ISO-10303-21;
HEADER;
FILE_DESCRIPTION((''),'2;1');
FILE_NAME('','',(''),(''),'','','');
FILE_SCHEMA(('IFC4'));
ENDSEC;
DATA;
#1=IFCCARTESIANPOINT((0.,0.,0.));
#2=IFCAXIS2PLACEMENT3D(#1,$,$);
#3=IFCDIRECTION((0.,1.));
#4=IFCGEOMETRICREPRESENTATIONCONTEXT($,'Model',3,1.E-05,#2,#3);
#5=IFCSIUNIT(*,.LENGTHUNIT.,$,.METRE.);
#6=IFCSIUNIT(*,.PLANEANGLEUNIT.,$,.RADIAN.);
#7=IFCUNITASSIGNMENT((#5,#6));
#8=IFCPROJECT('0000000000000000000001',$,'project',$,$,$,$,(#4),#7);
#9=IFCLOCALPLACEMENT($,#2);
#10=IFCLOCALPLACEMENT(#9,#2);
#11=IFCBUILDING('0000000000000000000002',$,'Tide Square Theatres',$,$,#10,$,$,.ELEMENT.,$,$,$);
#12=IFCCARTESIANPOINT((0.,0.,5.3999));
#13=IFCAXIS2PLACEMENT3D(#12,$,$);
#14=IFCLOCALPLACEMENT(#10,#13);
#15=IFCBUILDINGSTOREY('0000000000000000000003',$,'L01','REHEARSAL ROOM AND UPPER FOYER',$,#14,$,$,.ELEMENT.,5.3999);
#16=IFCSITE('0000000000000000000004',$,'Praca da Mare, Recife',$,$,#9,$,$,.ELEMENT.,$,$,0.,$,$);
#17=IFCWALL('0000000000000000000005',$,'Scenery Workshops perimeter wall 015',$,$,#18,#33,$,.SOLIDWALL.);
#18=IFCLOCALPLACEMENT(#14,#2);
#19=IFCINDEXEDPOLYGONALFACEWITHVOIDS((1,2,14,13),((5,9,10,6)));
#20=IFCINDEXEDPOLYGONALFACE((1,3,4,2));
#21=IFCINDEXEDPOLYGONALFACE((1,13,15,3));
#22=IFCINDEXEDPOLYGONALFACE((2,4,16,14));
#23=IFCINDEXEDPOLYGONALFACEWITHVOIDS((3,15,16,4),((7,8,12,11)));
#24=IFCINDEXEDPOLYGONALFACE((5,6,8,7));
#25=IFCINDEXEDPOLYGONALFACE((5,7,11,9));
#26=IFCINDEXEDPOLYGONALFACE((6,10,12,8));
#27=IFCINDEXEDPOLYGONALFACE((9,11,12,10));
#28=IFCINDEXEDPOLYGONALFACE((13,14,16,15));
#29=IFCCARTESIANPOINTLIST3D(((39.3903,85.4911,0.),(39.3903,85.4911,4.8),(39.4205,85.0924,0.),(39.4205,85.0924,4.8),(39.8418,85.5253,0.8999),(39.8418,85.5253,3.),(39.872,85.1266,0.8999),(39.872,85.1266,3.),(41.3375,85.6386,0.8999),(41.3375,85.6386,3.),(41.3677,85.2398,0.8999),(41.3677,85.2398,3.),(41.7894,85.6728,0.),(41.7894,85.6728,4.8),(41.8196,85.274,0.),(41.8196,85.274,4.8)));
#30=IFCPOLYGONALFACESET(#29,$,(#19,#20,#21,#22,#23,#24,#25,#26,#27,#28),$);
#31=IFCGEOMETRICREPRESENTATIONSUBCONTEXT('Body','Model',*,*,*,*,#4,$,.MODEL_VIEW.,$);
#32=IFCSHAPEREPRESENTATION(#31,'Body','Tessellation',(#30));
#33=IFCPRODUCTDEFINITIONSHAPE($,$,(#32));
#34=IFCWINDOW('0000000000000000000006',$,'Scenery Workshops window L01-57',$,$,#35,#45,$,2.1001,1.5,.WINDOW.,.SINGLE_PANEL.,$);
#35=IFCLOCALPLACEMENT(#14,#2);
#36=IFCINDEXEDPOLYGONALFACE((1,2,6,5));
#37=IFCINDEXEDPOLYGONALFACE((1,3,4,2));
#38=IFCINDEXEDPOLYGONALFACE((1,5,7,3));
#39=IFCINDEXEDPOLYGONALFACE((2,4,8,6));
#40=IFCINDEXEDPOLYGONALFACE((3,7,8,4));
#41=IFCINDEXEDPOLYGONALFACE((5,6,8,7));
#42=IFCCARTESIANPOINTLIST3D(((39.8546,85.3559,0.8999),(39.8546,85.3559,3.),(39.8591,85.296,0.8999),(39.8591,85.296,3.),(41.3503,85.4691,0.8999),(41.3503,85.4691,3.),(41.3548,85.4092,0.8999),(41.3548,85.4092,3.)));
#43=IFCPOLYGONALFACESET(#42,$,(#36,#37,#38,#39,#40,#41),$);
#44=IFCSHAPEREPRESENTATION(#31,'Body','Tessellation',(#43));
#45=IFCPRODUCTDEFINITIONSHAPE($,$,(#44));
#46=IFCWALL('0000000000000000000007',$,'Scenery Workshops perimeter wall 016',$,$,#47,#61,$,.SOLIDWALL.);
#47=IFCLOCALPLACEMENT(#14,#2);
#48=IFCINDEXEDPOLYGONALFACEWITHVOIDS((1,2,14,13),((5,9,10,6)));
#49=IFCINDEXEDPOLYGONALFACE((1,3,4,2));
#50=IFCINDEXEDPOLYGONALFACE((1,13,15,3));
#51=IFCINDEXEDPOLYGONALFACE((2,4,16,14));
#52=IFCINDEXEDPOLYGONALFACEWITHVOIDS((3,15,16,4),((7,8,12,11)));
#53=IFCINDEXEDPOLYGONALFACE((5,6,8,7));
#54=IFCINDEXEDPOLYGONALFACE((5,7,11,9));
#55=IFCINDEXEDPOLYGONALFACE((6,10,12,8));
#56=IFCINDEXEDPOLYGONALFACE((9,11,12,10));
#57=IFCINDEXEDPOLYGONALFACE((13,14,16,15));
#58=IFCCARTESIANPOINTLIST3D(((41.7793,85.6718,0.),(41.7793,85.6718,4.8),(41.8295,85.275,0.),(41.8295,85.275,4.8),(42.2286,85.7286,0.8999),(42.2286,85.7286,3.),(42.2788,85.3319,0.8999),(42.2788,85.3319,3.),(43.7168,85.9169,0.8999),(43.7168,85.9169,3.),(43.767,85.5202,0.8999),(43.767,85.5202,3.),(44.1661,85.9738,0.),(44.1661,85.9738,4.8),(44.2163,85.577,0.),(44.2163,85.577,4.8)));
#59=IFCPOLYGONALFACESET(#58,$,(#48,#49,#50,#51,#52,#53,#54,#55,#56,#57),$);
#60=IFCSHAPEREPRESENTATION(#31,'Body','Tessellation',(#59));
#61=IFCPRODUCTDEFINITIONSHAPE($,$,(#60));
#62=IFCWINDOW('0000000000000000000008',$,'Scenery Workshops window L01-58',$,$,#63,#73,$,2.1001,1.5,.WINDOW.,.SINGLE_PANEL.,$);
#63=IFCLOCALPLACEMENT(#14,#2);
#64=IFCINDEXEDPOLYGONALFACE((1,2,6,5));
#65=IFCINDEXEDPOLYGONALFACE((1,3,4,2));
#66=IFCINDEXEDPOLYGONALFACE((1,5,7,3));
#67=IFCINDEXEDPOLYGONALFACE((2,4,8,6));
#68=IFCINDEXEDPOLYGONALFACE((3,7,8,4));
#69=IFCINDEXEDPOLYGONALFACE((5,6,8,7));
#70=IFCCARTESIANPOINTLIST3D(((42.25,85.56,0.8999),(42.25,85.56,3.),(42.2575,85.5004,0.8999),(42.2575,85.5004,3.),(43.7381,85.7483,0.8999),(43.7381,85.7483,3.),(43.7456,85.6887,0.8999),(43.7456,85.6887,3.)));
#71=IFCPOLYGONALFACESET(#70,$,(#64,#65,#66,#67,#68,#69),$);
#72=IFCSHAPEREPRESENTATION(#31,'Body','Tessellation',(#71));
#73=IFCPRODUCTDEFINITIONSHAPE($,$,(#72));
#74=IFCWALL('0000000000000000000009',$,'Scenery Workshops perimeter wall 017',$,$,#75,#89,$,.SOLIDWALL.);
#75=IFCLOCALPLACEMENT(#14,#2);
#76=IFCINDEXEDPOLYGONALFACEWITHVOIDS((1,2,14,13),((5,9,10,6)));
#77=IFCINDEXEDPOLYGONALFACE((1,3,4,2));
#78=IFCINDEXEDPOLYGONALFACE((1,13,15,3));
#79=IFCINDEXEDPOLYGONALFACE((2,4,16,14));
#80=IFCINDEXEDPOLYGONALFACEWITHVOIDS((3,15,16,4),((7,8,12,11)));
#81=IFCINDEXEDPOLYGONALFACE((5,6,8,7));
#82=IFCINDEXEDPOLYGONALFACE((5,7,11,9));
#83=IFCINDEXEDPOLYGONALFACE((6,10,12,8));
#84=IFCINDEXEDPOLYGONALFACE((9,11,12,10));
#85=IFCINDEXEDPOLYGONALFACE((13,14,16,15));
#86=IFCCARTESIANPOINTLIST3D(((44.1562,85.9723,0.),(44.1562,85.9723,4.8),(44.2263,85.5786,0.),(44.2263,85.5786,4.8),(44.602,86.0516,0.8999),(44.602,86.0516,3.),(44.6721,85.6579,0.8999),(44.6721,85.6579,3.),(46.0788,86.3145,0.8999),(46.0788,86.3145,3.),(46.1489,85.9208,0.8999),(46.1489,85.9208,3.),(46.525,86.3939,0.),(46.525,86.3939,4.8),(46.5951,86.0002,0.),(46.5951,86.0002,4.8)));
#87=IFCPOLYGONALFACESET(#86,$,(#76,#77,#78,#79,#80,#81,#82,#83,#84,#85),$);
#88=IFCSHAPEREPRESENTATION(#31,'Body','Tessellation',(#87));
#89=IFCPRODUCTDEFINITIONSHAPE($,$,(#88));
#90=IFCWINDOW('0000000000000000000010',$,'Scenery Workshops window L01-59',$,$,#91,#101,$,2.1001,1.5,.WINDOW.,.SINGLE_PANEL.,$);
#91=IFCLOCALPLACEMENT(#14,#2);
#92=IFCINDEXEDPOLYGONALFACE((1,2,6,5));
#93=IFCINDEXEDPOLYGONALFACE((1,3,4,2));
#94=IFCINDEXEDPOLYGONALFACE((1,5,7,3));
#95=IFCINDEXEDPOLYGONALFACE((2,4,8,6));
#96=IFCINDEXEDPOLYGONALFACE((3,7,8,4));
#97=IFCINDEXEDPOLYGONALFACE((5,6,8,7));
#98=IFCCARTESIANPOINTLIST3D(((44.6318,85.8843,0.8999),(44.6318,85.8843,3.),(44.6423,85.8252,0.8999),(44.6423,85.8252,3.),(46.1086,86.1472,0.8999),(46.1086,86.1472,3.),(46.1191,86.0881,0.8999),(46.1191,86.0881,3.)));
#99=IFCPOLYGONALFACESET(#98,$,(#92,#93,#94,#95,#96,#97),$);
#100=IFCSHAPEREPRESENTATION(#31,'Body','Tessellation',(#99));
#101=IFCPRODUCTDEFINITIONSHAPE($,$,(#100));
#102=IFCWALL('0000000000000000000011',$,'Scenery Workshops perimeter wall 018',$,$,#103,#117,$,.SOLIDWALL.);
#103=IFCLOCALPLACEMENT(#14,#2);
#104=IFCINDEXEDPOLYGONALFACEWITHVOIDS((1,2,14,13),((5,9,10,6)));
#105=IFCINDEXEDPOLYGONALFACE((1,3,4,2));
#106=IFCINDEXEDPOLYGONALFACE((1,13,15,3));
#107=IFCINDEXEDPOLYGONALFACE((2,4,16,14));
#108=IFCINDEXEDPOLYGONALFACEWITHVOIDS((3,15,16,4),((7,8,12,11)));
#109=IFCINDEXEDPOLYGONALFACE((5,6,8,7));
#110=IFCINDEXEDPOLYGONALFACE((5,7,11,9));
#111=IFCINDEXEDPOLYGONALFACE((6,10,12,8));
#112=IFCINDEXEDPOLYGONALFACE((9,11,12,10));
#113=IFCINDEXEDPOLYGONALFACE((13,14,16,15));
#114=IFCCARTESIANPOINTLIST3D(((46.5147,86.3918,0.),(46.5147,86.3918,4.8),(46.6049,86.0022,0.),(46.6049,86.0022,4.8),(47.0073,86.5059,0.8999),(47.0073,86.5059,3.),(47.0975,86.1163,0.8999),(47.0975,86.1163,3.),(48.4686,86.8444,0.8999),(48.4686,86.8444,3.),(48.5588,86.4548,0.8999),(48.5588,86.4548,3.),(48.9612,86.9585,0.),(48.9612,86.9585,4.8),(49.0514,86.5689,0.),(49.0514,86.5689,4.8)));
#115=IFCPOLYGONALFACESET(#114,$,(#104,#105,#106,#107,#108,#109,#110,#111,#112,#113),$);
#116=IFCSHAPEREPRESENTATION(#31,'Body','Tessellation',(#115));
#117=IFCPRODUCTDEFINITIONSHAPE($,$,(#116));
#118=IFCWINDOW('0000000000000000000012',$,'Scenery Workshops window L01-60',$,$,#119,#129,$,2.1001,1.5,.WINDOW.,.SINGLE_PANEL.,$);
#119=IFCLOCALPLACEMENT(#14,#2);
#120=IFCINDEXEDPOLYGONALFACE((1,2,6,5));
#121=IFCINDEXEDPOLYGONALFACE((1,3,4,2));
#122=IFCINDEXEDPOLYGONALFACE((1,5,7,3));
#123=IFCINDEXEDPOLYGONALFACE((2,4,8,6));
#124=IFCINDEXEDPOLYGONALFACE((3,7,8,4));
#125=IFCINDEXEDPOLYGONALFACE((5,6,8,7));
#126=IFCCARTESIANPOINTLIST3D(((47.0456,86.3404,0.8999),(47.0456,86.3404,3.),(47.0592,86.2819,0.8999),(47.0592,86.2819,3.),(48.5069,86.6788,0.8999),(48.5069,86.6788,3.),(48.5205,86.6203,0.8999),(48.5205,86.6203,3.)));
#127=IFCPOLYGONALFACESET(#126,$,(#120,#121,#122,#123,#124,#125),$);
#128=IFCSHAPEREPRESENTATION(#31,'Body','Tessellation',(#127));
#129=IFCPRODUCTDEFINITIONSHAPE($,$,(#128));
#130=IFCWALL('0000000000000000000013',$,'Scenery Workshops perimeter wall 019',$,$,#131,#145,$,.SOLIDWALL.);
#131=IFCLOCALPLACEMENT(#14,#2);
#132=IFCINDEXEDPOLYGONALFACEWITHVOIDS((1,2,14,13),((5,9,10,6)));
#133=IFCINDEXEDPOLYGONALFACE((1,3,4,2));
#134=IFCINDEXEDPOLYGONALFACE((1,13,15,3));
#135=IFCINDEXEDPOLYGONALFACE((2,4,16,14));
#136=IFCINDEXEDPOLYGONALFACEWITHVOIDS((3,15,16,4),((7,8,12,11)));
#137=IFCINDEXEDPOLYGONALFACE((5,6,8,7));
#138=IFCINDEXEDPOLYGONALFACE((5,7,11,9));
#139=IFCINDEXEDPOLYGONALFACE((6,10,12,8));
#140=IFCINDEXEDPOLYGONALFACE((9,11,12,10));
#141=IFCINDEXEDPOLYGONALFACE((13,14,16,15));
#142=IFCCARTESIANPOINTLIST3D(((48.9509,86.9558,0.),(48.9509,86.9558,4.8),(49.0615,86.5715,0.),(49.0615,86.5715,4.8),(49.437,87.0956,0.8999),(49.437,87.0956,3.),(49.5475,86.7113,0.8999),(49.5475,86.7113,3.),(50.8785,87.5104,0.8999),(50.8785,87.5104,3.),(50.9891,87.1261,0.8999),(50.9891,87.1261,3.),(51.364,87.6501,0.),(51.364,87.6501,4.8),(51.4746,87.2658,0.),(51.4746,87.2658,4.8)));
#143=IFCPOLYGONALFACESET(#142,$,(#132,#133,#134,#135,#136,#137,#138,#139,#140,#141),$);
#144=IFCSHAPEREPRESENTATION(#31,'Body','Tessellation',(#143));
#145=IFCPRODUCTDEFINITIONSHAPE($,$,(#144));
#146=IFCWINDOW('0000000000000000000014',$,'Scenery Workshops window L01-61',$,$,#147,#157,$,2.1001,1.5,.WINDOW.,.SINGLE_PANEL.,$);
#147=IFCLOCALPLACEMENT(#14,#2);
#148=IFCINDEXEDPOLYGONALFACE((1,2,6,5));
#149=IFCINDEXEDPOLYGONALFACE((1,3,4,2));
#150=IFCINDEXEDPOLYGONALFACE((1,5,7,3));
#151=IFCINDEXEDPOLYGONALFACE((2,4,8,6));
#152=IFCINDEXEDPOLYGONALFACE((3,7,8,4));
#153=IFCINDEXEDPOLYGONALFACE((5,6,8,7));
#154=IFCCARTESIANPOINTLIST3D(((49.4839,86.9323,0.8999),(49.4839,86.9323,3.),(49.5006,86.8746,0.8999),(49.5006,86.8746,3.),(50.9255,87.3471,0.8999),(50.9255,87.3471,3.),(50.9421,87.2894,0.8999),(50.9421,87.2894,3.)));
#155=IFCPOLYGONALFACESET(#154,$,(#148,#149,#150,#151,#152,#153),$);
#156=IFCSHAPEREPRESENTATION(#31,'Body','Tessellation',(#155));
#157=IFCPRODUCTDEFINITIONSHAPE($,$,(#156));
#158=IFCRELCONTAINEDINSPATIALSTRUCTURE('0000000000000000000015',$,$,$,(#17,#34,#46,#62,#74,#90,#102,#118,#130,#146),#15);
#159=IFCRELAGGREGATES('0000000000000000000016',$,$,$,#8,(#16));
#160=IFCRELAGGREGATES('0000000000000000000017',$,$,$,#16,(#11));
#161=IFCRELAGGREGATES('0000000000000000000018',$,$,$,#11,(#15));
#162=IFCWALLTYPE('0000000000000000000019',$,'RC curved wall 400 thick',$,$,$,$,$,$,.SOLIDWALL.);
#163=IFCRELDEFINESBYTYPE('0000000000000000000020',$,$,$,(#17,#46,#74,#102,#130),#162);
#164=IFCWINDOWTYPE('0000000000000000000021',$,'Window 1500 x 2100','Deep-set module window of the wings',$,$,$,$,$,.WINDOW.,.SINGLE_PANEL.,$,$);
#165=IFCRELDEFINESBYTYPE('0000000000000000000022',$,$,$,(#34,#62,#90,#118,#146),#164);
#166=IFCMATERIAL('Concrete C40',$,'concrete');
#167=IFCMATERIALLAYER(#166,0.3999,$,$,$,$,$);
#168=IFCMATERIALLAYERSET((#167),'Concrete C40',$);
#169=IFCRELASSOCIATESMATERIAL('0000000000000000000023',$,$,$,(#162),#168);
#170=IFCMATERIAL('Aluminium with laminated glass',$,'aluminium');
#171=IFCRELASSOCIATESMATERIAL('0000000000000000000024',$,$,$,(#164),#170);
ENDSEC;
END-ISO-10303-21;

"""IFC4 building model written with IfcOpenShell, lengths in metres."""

from ifc_helpers import new_model, si_unit, direction, frame, frame_2d, origin, place, context, subcontext, project, spatial, rectangle, extrude, material, layer, layer_set, type_object, element, fill, save


model = new_model("IFC4")

# Units and contexts
model_context = context("Model", 3, precision=1e-05, world=origin(), true_north=direction((0.0, 1.0)))
body_context = subcontext(model_context, "Body", "Model", "MODEL_VIEW")
ifc_project = project(units=[si_unit("LENGTHUNIT", "METRE"), si_unit("PLANEANGLEUNIT", "RADIAN")], contexts=[model_context])

# Site, building, storey
site_placement = place(None, origin())
site = spatial("IfcSite", under=ifc_project, at=site_placement, Name="Praca da Mare, Recife", CompositionType="ELEMENT", RefElevation=0.0)
building_placement = place(site_placement, origin())
building = spatial("IfcBuilding", under=site, at=building_placement, Name="Tide Square Theatres", CompositionType="ELEMENT")
storey_placement = place(building_placement, frame((0.0, 0.0, 5.3999)))
storey = spatial("IfcBuildingStorey", under=building, at=storey_placement, Name="L01", Description="REHEARSAL ROOM AND UPPER FOYER", CompositionType="ELEMENT", Elevation=5.3999)

# Shared definitions
ifc_material_1 = material(Name="Concrete C40", Category="concrete")
ifc_layer_1 = layer(ifc_material_1, 0.3999)
ifc_layer_set_1 = layer_set([ifc_layer_1], Name="Concrete C40")
wall_type = type_object("IfcWallType", Name="RC curved wall 400 thick", PredefinedType="SOLIDWALL", material=ifc_layer_set_1)

# Walls, openings, windows
ifc_material_2 = material(Name="Aluminium with laminated glass", Category="aluminium")
window_type = type_object("IfcWindowType", Name="Window 1500 x 2100", Description="Deep-set module window of the wings", PartitioningType="SINGLE_PANEL", PredefinedType="WINDOW", material=ifc_material_2)
wall_1_placement = place(storey_placement, frame((39.4053, 85.2917, 0.0), z_axis=(0.0, 0.0, 1.0), x_axis=(0.997146, 0.075494, 0.0)))
wall_1 = element("IfcWall", 1, at=wall_1_placement, inside=storey, type_object=wall_type, Name="Scenery Workshops perimeter wall 015", PredefinedType="SOLIDWALL", context=body_context, shape_type="SweptSolid", body=[
    extrude(rectangle(XDim=2.406, YDim=0.3999, at=frame_2d((1.2031, 0.0))), origin(), (0.0, 0.0, 1.0), 4.8),
])
opening_1_placement = place(wall_1_placement, frame((0.4529, 0.0, 0.8999)))
opening_1 = element("IfcOpeningElement", 2, at=opening_1_placement, cuts=wall_1, PredefinedType="OPENING", context=body_context, shape_type="SweptSolid", body=[
    extrude(rectangle(XDim=1.5, YDim=2.1001, at=frame_2d((0.75, 1.05))), frame((0.0, 0.21, 0.0), z_axis=(0.0, -1.0, 0.0), x_axis=(1.0, 0.0, 0.0)), (0.0, 0.0, 1.0), 0.4199),
])
window_1_placement = place(opening_1_placement, origin())
window_1 = element("IfcWindow", 3, at=window_1_placement, inside=storey, type_object=window_type, Name="Scenery Workshops window L01-57", OverallHeight=2.1001, OverallWidth=1.5, PartitioningType="SINGLE_PANEL", PredefinedType="WINDOW", context=body_context, shape_type="SweptSolid", body=[
    extrude(rectangle(XDim=1.5, YDim=2.1001, at=frame_2d((0.75, 1.05))), frame((0.0, 0.03, 0.0), z_axis=(0.0, -1.0, 0.0), x_axis=(1.0, 0.0, 0.0)), (0.0, 0.0, 1.0), 0.0601),
])
fill(opening_1, window_1)
wall_2_placement = place(storey_placement, frame((41.8044, 85.4734, 0.0), z_axis=(0.0, 0.0, 1.0), x_axis=(0.992089, 0.125533, 0.0)))
wall_2 = element("IfcWall", 4, at=wall_2_placement, inside=storey, type_object=wall_type, Name="Scenery Workshops perimeter wall 016", PredefinedType="SOLIDWALL", context=body_context, shape_type="SweptSolid", body=[
    extrude(rectangle(XDim=2.4058, YDim=0.3999, at=frame_2d((1.2029, 0.0))), origin(), (0.0, 0.0, 1.0), 4.8),
])
opening_2_placement = place(wall_2_placement, frame((0.4529, 0.0, 0.8999)))
opening_2 = element("IfcOpeningElement", 5, at=opening_2_placement, cuts=wall_2, PredefinedType="OPENING", context=body_context, shape_type="SweptSolid", body=[
    extrude(rectangle(XDim=1.5, YDim=2.1001, at=frame_2d((0.75, 1.05))), frame((0.0, 0.21, 0.0), z_axis=(0.0, -1.0, 0.0), x_axis=(1.0, 0.0, 0.0)), (0.0, 0.0, 1.0), 0.4199),
])
window_2_placement = place(opening_2_placement, origin())
window_2 = element("IfcWindow", 6, at=window_2_placement, inside=storey, type_object=window_type, Name="Scenery Workshops window L01-58", OverallHeight=2.1001, OverallWidth=1.5, PartitioningType="SINGLE_PANEL", PredefinedType="WINDOW", context=body_context, shape_type="SweptSolid", body=[
    extrude(rectangle(XDim=1.5, YDim=2.1001, at=frame_2d((0.75, 1.05))), frame((0.0, 0.03, 0.0), z_axis=(0.0, -1.0, 0.0), x_axis=(1.0, 0.0, 0.0)), (0.0, 0.0, 1.0), 0.0601),
])
fill(opening_2, window_2)
wall_3_placement = place(storey_placement, frame((44.1912, 85.7754, 0.0), z_axis=(0.0, 0.0, 1.0), x_axis=(0.984524, 0.17525, 0.0)))
wall_3 = element("IfcWall", 7, at=wall_3_placement, inside=storey, type_object=wall_type, Name="Scenery Workshops perimeter wall 017", PredefinedType="SOLIDWALL", context=body_context, shape_type="SweptSolid", body=[
    extrude(rectangle(XDim=2.406, YDim=0.3999, at=frame_2d((1.2031, 0.0))), origin(), (0.0, 0.0, 1.0), 4.8),
])
opening_3_placement = place(wall_3_placement, frame((0.4529, 0.0, 0.8999)))
opening_3 = element("IfcOpeningElement", 8, at=opening_3_placement, cuts=wall_3, PredefinedType="OPENING", context=body_context, shape_type="SweptSolid", body=[
    extrude(rectangle(XDim=1.5, YDim=2.1001, at=frame_2d((0.75, 1.05))), frame((0.0, 0.21, 0.0), z_axis=(0.0, -1.0, 0.0), x_axis=(1.0, 0.0, 0.0)), (0.0, 0.0, 1.0), 0.4199),
])
window_3_placement = place(opening_3_placement, origin())
window_3 = element("IfcWindow", 9, at=window_3_placement, inside=storey, type_object=window_type, Name="Scenery Workshops window L01-59", OverallHeight=2.1001, OverallWidth=1.5, PartitioningType="SINGLE_PANEL", PredefinedType="WINDOW", context=body_context, shape_type="SweptSolid", body=[
    extrude(rectangle(XDim=1.5, YDim=2.1001, at=frame_2d((0.75, 1.05))), frame((0.0, 0.03, 0.0), z_axis=(0.0, -1.0, 0.0), x_axis=(1.0, 0.0, 0.0)), (0.0, 0.0, 1.0), 0.0601),
])
fill(opening_3, window_3)
wall_4_placement = place(storey_placement, frame((46.5598, 86.197, 0.0), z_axis=(0.0, 0.0, 1.0), x_axis=(0.974211, 0.22564, 0.0)))
wall_4 = element("IfcWall", 10, at=wall_4_placement, inside=storey, type_object=wall_type, Name="Scenery Workshops perimeter wall 018", PredefinedType="SOLIDWALL", context=body_context, shape_type="SweptSolid", body=[
    extrude(rectangle(XDim=2.5112, YDim=0.3999, at=frame_2d((1.2556, 0.0))), origin(), (0.0, 0.0, 1.0), 4.8),
])
opening_4_placement = place(wall_4_placement, frame((0.5056, 0.0, 0.8999)))
opening_4 = element("IfcOpeningElement", 11, at=opening_4_placement, cuts=wall_4, PredefinedType="OPENING", context=body_context, shape_type="SweptSolid", body=[
    extrude(rectangle(XDim=1.5, YDim=2.1001, at=frame_2d((0.75, 1.05))), frame((0.0, 0.21, 0.0), z_axis=(0.0, -1.0, 0.0), x_axis=(1.0, 0.0, 0.0)), (0.0, 0.0, 1.0), 0.4199),
])
window_4_placement = place(opening_4_placement, origin())
window_4 = element("IfcWindow", 12, at=window_4_placement, inside=storey, type_object=window_type, Name="Scenery Workshops window L01-60", OverallHeight=2.1001, OverallWidth=1.5, PartitioningType="SINGLE_PANEL", PredefinedType="WINDOW", context=body_context, shape_type="SweptSolid", body=[
    extrude(rectangle(XDim=1.5, YDim=2.1001, at=frame_2d((0.75, 1.05))), frame((0.0, 0.03, 0.0), z_axis=(0.0, -1.0, 0.0), x_axis=(1.0, 0.0, 0.0)), (0.0, 0.0, 1.0), 0.0601),
])
fill(opening_4, window_4)
wall_5_placement = place(storey_placement, frame((49.0063, 86.7637, 0.0), z_axis=(0.0, 0.0, 1.0), x_axis=(0.961009, 0.276518, 0.0)))
wall_5 = element("IfcWall", 13, at=wall_5_placement, inside=storey, type_object=wall_type, Name="Scenery Workshops perimeter wall 019", PredefinedType="SOLIDWALL", context=body_context, shape_type="SweptSolid", body=[
    extrude(rectangle(XDim=2.511, YDim=0.3999, at=frame_2d((1.2554, 0.0))), origin(), (0.0, 0.0, 1.0), 4.8),
])
opening_5_placement = place(wall_5_placement, frame((0.5056, 0.0, 0.8999)))
opening_5 = element("IfcOpeningElement", 14, at=opening_5_placement, cuts=wall_5, PredefinedType="OPENING", context=body_context, shape_type="SweptSolid", body=[
    extrude(rectangle(XDim=1.5, YDim=2.1001, at=frame_2d((0.75, 1.05))), frame((0.0, 0.21, 0.0), z_axis=(0.0, -1.0, 0.0), x_axis=(1.0, 0.0, 0.0)), (0.0, 0.0, 1.0), 0.4199),
])
window_5_placement = place(opening_5_placement, origin())
window_5 = element("IfcWindow", 15, at=window_5_placement, inside=storey, type_object=window_type, Name="Scenery Workshops window L01-61", OverallHeight=2.1001, OverallWidth=1.5, PartitioningType="SINGLE_PANEL", PredefinedType="WINDOW", context=body_context, shape_type="SweptSolid", body=[
    extrude(rectangle(XDim=1.5, YDim=2.1001, at=frame_2d((0.75, 1.05))), frame((0.0, 0.03, 0.0), z_axis=(0.0, -1.0, 0.0), x_axis=(1.0, 0.0, 0.0)), (0.0, 0.0, 1.0), 0.0601),
])
fill(opening_5, window_5)

save(model, "model.ifc")
